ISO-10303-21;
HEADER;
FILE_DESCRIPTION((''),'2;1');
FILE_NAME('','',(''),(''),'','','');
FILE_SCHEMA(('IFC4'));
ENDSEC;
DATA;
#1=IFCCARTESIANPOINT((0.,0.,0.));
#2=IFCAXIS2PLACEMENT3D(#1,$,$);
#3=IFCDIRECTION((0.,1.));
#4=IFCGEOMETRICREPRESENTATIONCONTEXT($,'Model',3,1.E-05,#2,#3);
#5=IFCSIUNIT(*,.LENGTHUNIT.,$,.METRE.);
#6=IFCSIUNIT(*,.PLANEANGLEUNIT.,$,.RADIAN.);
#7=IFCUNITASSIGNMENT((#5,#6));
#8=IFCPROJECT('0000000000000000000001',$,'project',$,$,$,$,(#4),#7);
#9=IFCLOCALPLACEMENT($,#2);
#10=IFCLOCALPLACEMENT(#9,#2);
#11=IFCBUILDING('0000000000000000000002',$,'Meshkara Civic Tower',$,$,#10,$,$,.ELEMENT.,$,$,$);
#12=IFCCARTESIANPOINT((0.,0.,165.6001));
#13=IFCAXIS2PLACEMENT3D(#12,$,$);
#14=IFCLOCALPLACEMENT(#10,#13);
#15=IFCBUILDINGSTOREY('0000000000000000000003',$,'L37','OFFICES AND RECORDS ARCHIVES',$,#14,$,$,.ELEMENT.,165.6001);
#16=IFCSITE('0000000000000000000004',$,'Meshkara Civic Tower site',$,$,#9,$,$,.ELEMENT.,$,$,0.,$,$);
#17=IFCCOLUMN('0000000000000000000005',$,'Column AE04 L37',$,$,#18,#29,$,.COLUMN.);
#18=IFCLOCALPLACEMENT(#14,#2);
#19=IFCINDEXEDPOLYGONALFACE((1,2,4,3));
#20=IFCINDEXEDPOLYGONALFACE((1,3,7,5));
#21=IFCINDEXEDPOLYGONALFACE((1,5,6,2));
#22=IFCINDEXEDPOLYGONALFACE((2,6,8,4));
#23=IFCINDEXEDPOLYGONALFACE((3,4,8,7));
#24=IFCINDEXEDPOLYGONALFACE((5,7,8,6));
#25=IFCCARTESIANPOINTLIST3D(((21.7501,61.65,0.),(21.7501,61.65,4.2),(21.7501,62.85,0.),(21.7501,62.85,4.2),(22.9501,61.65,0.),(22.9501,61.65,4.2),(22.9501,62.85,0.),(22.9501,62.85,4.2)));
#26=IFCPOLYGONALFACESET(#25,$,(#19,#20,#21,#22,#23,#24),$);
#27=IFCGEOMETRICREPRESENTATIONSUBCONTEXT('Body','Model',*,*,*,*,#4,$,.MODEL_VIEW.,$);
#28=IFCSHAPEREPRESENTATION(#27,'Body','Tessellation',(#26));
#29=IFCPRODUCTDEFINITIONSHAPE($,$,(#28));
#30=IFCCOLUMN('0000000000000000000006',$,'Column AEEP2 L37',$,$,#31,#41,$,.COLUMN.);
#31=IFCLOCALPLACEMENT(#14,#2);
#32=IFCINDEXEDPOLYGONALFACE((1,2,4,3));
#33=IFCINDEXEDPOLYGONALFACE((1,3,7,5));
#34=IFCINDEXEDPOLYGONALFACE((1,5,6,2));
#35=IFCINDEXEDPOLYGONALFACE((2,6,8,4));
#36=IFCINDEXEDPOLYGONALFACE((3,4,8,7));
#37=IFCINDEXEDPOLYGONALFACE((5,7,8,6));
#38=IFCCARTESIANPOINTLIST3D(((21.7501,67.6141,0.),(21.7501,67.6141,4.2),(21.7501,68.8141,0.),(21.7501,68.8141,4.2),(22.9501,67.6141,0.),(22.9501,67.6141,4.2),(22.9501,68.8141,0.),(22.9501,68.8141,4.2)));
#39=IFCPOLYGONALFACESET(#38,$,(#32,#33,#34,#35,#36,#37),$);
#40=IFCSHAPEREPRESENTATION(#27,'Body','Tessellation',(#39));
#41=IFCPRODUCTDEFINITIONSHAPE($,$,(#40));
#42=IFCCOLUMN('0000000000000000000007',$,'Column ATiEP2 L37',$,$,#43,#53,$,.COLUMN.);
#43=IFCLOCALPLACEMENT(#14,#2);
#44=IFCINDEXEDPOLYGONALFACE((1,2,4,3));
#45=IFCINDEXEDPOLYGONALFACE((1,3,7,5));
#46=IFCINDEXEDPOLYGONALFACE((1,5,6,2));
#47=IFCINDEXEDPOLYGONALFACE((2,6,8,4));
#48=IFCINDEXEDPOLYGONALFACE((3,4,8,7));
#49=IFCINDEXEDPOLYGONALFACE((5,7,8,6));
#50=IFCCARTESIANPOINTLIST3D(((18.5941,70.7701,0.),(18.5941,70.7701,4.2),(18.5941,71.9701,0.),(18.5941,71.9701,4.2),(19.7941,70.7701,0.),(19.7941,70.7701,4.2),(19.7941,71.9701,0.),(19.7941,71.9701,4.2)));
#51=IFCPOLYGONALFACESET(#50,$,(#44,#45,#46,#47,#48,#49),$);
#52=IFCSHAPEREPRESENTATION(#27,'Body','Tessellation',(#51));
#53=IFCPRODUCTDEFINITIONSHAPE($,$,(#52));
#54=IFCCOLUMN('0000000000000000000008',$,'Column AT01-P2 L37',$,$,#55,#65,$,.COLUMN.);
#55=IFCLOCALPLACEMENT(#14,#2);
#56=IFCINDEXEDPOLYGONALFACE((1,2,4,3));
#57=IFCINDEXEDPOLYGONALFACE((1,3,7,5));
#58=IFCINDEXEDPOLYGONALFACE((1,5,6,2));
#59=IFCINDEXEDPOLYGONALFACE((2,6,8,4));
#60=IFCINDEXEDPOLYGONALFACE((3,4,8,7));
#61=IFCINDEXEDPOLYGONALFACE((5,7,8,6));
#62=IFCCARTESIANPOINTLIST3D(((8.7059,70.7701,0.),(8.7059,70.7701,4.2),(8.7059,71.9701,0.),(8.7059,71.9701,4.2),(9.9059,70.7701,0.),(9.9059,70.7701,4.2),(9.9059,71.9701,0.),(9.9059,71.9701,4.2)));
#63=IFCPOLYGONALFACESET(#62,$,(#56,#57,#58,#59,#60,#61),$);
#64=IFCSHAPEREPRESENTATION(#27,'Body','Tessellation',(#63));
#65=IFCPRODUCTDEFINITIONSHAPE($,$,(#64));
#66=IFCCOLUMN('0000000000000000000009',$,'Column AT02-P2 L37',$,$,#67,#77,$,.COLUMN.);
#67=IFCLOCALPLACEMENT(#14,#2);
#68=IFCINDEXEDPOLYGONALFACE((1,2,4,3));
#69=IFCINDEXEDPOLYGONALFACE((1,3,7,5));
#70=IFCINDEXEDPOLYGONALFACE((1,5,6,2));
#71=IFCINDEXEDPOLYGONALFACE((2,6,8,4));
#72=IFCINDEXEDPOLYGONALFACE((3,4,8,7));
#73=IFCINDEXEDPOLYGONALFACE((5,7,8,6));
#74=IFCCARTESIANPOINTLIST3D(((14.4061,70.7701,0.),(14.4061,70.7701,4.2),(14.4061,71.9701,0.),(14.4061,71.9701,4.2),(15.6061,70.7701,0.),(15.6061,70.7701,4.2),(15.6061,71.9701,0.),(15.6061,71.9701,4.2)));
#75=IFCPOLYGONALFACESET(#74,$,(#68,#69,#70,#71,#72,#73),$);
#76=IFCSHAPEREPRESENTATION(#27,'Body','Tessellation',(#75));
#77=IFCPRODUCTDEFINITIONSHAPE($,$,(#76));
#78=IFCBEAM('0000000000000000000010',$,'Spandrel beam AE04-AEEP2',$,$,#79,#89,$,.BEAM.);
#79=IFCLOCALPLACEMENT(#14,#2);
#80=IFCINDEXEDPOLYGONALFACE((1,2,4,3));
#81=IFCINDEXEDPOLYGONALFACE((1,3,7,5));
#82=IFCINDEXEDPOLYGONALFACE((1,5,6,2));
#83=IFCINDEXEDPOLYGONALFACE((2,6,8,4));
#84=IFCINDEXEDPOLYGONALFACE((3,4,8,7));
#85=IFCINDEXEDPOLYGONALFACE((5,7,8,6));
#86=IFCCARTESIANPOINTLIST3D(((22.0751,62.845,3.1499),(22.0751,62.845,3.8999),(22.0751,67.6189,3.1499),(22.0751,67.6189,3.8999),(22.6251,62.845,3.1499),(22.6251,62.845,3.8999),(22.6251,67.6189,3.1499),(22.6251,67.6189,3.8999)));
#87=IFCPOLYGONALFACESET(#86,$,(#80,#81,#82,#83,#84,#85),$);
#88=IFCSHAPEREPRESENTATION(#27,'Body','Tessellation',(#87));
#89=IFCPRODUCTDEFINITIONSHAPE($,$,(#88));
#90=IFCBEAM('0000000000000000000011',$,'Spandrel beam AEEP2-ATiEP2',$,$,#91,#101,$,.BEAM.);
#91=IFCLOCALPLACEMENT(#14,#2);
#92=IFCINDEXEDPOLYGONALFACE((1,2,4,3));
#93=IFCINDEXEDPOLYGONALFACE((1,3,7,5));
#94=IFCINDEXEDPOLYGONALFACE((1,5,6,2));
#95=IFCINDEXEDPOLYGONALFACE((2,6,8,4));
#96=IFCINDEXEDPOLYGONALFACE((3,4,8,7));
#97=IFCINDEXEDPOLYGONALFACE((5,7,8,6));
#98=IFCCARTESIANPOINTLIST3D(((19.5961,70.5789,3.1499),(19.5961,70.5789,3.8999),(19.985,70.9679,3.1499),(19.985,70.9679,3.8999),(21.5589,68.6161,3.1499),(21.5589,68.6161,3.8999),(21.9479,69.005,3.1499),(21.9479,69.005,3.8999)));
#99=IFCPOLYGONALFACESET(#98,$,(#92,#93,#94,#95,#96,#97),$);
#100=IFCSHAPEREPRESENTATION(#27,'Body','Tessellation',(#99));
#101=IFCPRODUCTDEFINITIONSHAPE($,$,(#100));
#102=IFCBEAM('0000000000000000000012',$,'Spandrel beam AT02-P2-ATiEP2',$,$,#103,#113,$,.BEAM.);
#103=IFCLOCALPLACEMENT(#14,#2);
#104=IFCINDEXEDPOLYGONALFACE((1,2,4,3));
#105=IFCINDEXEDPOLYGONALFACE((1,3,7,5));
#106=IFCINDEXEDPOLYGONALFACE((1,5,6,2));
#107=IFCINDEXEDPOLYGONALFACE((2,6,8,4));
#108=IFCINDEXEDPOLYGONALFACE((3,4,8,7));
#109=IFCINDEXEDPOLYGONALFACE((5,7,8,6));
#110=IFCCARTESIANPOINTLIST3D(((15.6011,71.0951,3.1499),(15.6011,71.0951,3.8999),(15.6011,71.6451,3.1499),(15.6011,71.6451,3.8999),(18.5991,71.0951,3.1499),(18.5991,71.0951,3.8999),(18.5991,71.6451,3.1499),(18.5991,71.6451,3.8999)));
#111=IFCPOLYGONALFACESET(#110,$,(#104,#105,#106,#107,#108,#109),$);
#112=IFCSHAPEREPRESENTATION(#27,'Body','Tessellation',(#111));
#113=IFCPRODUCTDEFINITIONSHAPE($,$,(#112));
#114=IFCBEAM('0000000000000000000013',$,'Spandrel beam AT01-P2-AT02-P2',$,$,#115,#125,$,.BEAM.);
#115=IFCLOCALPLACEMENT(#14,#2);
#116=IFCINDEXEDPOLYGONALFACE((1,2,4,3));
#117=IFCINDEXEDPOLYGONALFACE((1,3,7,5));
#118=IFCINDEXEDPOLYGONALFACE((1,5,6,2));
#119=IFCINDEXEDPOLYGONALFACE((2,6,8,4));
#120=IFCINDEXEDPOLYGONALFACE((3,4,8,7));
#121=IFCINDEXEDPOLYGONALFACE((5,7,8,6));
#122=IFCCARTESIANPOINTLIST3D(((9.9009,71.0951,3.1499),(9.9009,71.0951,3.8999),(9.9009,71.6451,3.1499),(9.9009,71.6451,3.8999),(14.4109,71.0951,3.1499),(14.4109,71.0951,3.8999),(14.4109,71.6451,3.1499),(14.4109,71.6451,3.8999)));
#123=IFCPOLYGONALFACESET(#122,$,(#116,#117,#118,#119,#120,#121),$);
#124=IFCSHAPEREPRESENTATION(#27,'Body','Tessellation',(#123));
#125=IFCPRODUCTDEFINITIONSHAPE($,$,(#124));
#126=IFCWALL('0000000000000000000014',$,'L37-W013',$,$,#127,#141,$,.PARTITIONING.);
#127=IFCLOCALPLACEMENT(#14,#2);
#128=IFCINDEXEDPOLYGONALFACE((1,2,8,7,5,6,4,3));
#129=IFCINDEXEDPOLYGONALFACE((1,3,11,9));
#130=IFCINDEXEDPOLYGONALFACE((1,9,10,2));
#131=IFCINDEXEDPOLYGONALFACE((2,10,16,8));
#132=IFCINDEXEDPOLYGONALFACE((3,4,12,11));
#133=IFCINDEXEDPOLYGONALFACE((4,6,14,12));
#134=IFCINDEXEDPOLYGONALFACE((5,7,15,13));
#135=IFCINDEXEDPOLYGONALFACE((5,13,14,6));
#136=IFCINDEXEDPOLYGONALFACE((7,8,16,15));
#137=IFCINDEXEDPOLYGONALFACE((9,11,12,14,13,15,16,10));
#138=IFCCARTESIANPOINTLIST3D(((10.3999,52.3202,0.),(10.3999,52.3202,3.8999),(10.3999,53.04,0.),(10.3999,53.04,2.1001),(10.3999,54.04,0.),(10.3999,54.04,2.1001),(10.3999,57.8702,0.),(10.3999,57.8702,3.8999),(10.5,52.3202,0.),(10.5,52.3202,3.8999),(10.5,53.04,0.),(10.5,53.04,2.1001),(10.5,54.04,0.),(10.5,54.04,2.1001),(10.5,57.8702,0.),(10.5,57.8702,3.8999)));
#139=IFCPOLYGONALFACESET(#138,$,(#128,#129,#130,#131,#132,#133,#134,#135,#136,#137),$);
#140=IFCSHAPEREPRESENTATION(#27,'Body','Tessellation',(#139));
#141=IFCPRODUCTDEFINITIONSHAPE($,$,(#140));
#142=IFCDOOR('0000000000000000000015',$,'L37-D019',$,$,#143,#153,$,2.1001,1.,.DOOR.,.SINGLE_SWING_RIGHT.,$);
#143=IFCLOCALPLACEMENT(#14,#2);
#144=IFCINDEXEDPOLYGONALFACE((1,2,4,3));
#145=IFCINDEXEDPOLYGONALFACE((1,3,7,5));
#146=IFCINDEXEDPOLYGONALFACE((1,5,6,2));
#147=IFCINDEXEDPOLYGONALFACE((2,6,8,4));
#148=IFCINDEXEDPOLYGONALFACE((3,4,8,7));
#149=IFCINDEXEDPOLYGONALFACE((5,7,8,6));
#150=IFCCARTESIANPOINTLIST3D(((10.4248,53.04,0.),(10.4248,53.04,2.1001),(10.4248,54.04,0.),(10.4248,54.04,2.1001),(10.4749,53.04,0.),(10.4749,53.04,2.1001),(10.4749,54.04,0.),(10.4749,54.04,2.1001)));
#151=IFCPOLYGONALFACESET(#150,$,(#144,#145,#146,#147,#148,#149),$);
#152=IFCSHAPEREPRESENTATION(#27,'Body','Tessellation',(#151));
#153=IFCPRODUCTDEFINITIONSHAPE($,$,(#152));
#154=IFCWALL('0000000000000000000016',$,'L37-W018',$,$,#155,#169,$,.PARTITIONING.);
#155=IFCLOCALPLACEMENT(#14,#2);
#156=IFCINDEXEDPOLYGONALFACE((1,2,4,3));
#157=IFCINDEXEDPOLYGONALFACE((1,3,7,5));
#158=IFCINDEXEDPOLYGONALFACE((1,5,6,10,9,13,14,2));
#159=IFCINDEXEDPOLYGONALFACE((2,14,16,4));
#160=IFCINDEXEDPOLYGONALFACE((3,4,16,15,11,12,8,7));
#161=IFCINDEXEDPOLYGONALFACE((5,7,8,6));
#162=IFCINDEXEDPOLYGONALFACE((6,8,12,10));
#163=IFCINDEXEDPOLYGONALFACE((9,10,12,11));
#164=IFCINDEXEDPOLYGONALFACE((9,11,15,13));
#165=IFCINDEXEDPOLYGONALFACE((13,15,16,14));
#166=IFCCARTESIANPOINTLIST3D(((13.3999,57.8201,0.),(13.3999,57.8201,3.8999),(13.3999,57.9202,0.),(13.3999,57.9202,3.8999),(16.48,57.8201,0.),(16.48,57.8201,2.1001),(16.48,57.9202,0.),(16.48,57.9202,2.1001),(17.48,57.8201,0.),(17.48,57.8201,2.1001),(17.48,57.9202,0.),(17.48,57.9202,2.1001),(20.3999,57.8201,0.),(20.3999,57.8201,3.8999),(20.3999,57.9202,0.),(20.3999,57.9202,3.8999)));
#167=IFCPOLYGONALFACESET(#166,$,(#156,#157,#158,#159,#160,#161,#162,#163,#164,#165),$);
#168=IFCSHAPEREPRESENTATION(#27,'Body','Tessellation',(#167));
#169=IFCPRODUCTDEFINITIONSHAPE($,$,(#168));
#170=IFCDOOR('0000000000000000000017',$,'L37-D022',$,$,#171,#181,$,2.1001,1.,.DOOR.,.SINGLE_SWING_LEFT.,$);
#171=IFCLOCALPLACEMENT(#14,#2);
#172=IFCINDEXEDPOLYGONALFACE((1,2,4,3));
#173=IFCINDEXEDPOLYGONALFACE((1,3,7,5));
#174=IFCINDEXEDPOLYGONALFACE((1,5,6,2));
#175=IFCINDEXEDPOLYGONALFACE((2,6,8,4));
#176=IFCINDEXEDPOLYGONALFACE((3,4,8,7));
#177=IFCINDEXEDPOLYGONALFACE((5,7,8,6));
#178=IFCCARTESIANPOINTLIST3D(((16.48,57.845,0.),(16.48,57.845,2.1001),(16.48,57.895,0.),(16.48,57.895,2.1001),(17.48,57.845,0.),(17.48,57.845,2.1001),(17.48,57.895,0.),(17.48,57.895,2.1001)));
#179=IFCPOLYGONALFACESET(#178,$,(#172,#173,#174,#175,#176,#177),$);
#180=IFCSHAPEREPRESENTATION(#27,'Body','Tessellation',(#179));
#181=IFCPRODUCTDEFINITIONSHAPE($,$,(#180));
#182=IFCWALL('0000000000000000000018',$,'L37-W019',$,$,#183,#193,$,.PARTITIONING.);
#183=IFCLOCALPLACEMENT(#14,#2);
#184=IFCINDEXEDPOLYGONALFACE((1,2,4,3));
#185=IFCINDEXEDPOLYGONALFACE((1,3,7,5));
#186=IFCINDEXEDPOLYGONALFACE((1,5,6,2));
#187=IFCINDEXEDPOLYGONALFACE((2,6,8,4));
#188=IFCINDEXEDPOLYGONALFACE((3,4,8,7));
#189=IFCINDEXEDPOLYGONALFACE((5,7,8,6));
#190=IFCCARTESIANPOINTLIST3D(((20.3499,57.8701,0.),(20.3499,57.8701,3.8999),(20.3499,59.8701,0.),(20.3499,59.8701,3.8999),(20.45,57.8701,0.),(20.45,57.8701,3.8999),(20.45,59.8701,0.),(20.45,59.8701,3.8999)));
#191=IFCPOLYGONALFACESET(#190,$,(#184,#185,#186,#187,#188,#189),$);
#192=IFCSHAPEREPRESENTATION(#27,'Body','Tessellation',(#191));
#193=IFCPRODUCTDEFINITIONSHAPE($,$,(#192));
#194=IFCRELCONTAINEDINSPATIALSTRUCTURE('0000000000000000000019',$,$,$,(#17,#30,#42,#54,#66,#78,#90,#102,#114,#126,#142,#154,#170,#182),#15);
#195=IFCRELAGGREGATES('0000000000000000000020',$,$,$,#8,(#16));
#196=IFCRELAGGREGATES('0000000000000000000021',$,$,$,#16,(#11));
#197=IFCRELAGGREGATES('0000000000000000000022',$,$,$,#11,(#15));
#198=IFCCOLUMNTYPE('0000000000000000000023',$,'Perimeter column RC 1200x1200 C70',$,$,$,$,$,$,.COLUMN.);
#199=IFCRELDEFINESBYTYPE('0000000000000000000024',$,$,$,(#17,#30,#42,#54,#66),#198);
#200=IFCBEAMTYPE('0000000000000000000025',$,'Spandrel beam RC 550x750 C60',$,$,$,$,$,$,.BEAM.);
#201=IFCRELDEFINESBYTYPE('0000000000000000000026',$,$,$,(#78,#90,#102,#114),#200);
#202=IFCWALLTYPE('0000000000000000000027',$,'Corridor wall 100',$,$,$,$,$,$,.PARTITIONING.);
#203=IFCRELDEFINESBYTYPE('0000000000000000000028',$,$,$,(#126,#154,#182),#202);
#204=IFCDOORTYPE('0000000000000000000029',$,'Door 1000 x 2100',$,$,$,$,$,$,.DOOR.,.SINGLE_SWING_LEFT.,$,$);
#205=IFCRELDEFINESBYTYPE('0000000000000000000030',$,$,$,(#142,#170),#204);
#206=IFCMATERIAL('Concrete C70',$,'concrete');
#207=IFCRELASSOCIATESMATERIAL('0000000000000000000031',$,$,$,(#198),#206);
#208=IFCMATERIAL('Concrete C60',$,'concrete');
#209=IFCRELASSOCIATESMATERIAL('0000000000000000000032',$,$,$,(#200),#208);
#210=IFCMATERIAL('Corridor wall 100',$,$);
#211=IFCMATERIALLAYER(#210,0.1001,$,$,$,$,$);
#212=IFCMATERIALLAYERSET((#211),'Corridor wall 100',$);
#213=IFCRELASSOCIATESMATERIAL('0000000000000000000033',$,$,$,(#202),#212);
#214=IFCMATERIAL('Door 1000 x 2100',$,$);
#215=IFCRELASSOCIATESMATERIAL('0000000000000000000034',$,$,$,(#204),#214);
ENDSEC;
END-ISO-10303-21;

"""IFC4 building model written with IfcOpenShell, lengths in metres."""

from ifc_helpers import new_model, si_unit, direction, frame, frame_2d, origin, origin_2d, place, context, subcontext, project, spatial, rectangle, extrude, material, layer, layer_set, material_profile, profile_set, type_object, element, fill, save


model = new_model("IFC4")

# Units and contexts
model_context = context("Model", 3, precision=1e-05, world=origin(), true_north=direction((0.0, 1.0)))
body_context = subcontext(model_context, "Body", "Model", "MODEL_VIEW")
ifc_project = project(units=[si_unit("LENGTHUNIT", "METRE"), si_unit("PLANEANGLEUNIT", "RADIAN")], contexts=[model_context])

# Site, building, storey
site_placement = place(None, origin())
site = spatial("IfcSite", under=ifc_project, at=site_placement, Name="Meshkara Civic Tower site", CompositionType="ELEMENT", RefElevation=0.0)
building_placement = place(site_placement, origin())
building = spatial("IfcBuilding", under=site, at=building_placement, Name="Meshkara Civic Tower", CompositionType="ELEMENT")
storey_placement = place(building_placement, frame((0.0, 0.0, 165.6001)))
storey = spatial("IfcBuildingStorey", under=building, at=storey_placement, Name="L37", Description="OFFICES AND RECORDS ARCHIVES", CompositionType="ELEMENT", Elevation=165.6001)

# Columns
ifc_material_1 = material(Name="Concrete C70", Category="concrete")
ifc_material_profile_1 = material_profile(ifc_material_1, rectangle(XDim=1.2, YDim=1.2, at=origin_2d()))
ifc_profile_set_1 = profile_set([ifc_material_profile_1], Name="Concrete C70")
column_type = type_object("IfcColumnType", Name="Perimeter column RC 1200x1200 C70", PredefinedType="COLUMN", material=ifc_profile_set_1)
for number, where, z_axis, x_axis, name in (
    (1, (22.3501, 62.25, 0.0), (0.0, 0.0, 1.0), (1.0, 0.0, 0.0), "Column AE04 L37"),
    (2, (22.3501, 68.2141, 0.0), (0.0, 0.0, 1.0), (1.0, 0.0, 0.0), "Column AEEP2 L37"),
    (3, (19.1941, 71.3701, 0.0), (0.0, 0.0, 1.0), (1.0, 0.0, 0.0), "Column ATiEP2 L37"),
    (4, (9.3059, 71.3701, 0.0), (0.0, 0.0, 1.0), (1.0, 0.0, 0.0), "Column AT01-P2 L37"),
    (5, (15.0061, 71.3701, 0.0), (0.0, 0.0, 1.0), (1.0, 0.0, 0.0), "Column AT02-P2 L37"),
):
    element("IfcColumn", number, at=place(storey_placement, frame(where, z_axis=z_axis, x_axis=x_axis)), inside=storey, type_object=column_type, Name=name, PredefinedType="COLUMN", context=body_context, shape_type="SweptSolid", body=[
        extrude(rectangle(XDim=1.2, YDim=1.2, at=origin_2d()), origin(), (0.0, 0.0, 1.0), 4.2),
    ])

# Beams
ifc_material_2 = material(Name="Concrete C60", Category="concrete")
ifc_material_profile_2 = material_profile(ifc_material_2, rectangle(XDim=0.55, YDim=0.75, at=origin_2d()))
ifc_profile_set_2 = profile_set([ifc_material_profile_2], Name="Concrete C60")
beam_type = type_object("IfcBeamType", Name="Spandrel beam RC 550x750 C60", PredefinedType="BEAM", material=ifc_profile_set_2)
beam_1_placement = place(storey_placement, frame((22.3501, 62.845, 3.5249), z_axis=(0.0, 1.0, 0.0), x_axis=(-1.0, 0.0, 0.0)))
element("IfcBeam", 6, at=beam_1_placement, inside=storey, type_object=beam_type, Name="Spandrel beam AE04-AEEP2", PredefinedType="BEAM", context=body_context, shape_type="SweptSolid", body=[
    extrude(rectangle(XDim=0.55, YDim=0.75, at=origin_2d()), origin(), (0.0, 0.0, 1.0), 4.7739),
])
beam_2_placement = place(storey_placement, frame((21.7534, 68.8105, 3.5249), z_axis=(-0.707107, 0.707107, 0.0), x_axis=(-0.707107, -0.707107, 0.0)))
element("IfcBeam", 7, at=beam_2_placement, inside=storey, type_object=beam_type, Name="Spandrel beam AEEP2-ATiEP2", PredefinedType="BEAM", context=body_context, shape_type="SweptSolid", body=[
    extrude(rectangle(XDim=0.55, YDim=0.75, at=origin_2d()), origin(), (0.0, 0.0, 1.0), 2.7759),
])
beam_3_placement = place(storey_placement, frame((18.5991, 71.3701, 3.5249), z_axis=(-1.0, 0.0, 0.0), x_axis=(0.0, -1.0, 0.0)))
element("IfcBeam", 8, at=beam_3_placement, inside=storey, type_object=beam_type, Name="Spandrel beam AT02-P2-ATiEP2", PredefinedType="BEAM", context=body_context, shape_type="SweptSolid", body=[
    extrude(rectangle(XDim=0.55, YDim=0.75, at=origin_2d()), origin(), (0.0, 0.0, 1.0), 2.998),
])
beam_4_placement = place(storey_placement, frame((14.4109, 71.3701, 3.5249), z_axis=(-1.0, 0.0, 0.0), x_axis=(0.0, -1.0, 0.0)))
element("IfcBeam", 9, at=beam_4_placement, inside=storey, type_object=beam_type, Name="Spandrel beam AT01-P2-AT02-P2", PredefinedType="BEAM", context=body_context, shape_type="SweptSolid", body=[
    extrude(rectangle(XDim=0.55, YDim=0.75, at=origin_2d()), origin(), (0.0, 0.0, 1.0), 4.51),
])

# Walls, openings, doors
ifc_material_3 = material(Name="Corridor wall 100")
ifc_layer_1 = layer(ifc_material_3, 0.1001)
ifc_layer_set_1 = layer_set([ifc_layer_1], Name="Corridor wall 100")
wall_type_1 = type_object("IfcWallType", Name="Corridor wall 100", PredefinedType="PARTITIONING", material=ifc_layer_set_1)
wall_1_placement = place(storey_placement, frame((10.45, 57.8701, 0.0), z_axis=(0.0, 0.0, 1.0), x_axis=(0.0, -1.0, 0.0)))
wall_1 = element("IfcWall", 10, at=wall_1_placement, inside=storey, type_object=wall_type_1, Name="L37-W013", PredefinedType="PARTITIONING", context=body_context, shape_type="SweptSolid", body=[
    extrude(rectangle(XDim=5.55, YDim=0.1001, at=frame_2d((2.7749, 0.0))), origin(), (0.0, 0.0, 1.0), 3.8999),
])
opening_1_placement = place(wall_1_placement, frame((3.8301, 0.0, 0.0)))
opening_1 = element("IfcOpeningElement", 11, at=opening_1_placement, cuts=wall_1, PredefinedType="OPENING", context=body_context, shape_type="SweptSolid", body=[
    extrude(rectangle(XDim=1.0, YDim=2.1001, at=frame_2d((0.5, 1.05))), frame((0.0, 0.0601, 0.0), z_axis=(0.0, -1.0, 0.0), x_axis=(1.0, 0.0, 0.0)), (0.0, 0.0, 1.0), 0.1201),
])
ifc_material_4 = material(Name="Door 1000 x 2100")
door_type_1 = type_object("IfcDoorType", Name="Door 1000 x 2100", OperationType="SINGLE_SWING_LEFT", PredefinedType="DOOR", material=ifc_material_4)
door_1_placement = place(opening_1_placement, origin())
door_1 = element("IfcDoor", 12, at=door_1_placement, inside=storey, type_object=door_type_1, Name="L37-D019", OperationType="SINGLE_SWING_RIGHT", OverallHeight=2.1001, OverallWidth=1.0, PredefinedType="DOOR", context=body_context, shape_type="SweptSolid", body=[
    extrude(rectangle(XDim=1.0, YDim=2.1001, at=frame_2d((0.5, 1.05))), frame((0.0, 0.0249, 0.0), z_axis=(0.0, -1.0, 0.0), x_axis=(1.0, 0.0, 0.0)), (0.0, 0.0, 1.0), 0.05),
])
fill(opening_1, door_1)
wall_2_placement = place(storey_placement, frame((13.3999, 57.8701, 0.0), z_axis=(0.0, 0.0, 1.0), x_axis=(1.0, 0.0, 0.0)))
wall_2 = element("IfcWall", 13, at=wall_2_placement, inside=storey, type_object=wall_type_1, Name="L37-W018", PredefinedType="PARTITIONING", context=body_context, shape_type="SweptSolid", body=[
    extrude(rectangle(XDim=7.0, YDim=0.1001, at=frame_2d((3.5, 0.0))), origin(), (0.0, 0.0, 1.0), 3.8999),
])
opening_2_placement = place(wall_2_placement, frame((3.0801, 0.0, 0.0)))
opening_2 = element("IfcOpeningElement", 14, at=opening_2_placement, cuts=wall_2, PredefinedType="OPENING", context=body_context, shape_type="SweptSolid", body=[
    extrude(rectangle(XDim=1.0, YDim=2.1001, at=frame_2d((0.5, 1.05))), frame((0.0, 0.0601, 0.0), z_axis=(0.0, -1.0, 0.0), x_axis=(1.0, 0.0, 0.0)), (0.0, 0.0, 1.0), 0.1201),
])
door_2_placement = place(opening_2_placement, origin())
door_2 = element("IfcDoor", 15, at=door_2_placement, inside=storey, type_object=door_type_1, Name="L37-D022", OperationType="SINGLE_SWING_LEFT", OverallHeight=2.1001, OverallWidth=1.0, PredefinedType="DOOR", context=body_context, shape_type="SweptSolid", body=[
    extrude(rectangle(XDim=1.0, YDim=2.1001, at=frame_2d((0.5, 1.05))), frame((0.0, 0.0249, 0.0), z_axis=(0.0, -1.0, 0.0), x_axis=(1.0, 0.0, 0.0)), (0.0, 0.0, 1.0), 0.05),
])
fill(opening_2, door_2)

# Wall
wall_3_placement = place(storey_placement, frame((20.3999, 57.8701, 0.0), z_axis=(0.0, 0.0, 1.0), x_axis=(0.0, 1.0, 0.0)))
element("IfcWall", 16, at=wall_3_placement, inside=storey, type_object=wall_type_1, Name="L37-W019", PredefinedType="PARTITIONING", context=body_context, shape_type="SweptSolid", body=[
    extrude(rectangle(XDim=2.0, YDim=0.1001, at=frame_2d((1.0, 0.0))), origin(), (0.0, 0.0, 1.0), 3.8999),
])

save(model, "model.ifc")
